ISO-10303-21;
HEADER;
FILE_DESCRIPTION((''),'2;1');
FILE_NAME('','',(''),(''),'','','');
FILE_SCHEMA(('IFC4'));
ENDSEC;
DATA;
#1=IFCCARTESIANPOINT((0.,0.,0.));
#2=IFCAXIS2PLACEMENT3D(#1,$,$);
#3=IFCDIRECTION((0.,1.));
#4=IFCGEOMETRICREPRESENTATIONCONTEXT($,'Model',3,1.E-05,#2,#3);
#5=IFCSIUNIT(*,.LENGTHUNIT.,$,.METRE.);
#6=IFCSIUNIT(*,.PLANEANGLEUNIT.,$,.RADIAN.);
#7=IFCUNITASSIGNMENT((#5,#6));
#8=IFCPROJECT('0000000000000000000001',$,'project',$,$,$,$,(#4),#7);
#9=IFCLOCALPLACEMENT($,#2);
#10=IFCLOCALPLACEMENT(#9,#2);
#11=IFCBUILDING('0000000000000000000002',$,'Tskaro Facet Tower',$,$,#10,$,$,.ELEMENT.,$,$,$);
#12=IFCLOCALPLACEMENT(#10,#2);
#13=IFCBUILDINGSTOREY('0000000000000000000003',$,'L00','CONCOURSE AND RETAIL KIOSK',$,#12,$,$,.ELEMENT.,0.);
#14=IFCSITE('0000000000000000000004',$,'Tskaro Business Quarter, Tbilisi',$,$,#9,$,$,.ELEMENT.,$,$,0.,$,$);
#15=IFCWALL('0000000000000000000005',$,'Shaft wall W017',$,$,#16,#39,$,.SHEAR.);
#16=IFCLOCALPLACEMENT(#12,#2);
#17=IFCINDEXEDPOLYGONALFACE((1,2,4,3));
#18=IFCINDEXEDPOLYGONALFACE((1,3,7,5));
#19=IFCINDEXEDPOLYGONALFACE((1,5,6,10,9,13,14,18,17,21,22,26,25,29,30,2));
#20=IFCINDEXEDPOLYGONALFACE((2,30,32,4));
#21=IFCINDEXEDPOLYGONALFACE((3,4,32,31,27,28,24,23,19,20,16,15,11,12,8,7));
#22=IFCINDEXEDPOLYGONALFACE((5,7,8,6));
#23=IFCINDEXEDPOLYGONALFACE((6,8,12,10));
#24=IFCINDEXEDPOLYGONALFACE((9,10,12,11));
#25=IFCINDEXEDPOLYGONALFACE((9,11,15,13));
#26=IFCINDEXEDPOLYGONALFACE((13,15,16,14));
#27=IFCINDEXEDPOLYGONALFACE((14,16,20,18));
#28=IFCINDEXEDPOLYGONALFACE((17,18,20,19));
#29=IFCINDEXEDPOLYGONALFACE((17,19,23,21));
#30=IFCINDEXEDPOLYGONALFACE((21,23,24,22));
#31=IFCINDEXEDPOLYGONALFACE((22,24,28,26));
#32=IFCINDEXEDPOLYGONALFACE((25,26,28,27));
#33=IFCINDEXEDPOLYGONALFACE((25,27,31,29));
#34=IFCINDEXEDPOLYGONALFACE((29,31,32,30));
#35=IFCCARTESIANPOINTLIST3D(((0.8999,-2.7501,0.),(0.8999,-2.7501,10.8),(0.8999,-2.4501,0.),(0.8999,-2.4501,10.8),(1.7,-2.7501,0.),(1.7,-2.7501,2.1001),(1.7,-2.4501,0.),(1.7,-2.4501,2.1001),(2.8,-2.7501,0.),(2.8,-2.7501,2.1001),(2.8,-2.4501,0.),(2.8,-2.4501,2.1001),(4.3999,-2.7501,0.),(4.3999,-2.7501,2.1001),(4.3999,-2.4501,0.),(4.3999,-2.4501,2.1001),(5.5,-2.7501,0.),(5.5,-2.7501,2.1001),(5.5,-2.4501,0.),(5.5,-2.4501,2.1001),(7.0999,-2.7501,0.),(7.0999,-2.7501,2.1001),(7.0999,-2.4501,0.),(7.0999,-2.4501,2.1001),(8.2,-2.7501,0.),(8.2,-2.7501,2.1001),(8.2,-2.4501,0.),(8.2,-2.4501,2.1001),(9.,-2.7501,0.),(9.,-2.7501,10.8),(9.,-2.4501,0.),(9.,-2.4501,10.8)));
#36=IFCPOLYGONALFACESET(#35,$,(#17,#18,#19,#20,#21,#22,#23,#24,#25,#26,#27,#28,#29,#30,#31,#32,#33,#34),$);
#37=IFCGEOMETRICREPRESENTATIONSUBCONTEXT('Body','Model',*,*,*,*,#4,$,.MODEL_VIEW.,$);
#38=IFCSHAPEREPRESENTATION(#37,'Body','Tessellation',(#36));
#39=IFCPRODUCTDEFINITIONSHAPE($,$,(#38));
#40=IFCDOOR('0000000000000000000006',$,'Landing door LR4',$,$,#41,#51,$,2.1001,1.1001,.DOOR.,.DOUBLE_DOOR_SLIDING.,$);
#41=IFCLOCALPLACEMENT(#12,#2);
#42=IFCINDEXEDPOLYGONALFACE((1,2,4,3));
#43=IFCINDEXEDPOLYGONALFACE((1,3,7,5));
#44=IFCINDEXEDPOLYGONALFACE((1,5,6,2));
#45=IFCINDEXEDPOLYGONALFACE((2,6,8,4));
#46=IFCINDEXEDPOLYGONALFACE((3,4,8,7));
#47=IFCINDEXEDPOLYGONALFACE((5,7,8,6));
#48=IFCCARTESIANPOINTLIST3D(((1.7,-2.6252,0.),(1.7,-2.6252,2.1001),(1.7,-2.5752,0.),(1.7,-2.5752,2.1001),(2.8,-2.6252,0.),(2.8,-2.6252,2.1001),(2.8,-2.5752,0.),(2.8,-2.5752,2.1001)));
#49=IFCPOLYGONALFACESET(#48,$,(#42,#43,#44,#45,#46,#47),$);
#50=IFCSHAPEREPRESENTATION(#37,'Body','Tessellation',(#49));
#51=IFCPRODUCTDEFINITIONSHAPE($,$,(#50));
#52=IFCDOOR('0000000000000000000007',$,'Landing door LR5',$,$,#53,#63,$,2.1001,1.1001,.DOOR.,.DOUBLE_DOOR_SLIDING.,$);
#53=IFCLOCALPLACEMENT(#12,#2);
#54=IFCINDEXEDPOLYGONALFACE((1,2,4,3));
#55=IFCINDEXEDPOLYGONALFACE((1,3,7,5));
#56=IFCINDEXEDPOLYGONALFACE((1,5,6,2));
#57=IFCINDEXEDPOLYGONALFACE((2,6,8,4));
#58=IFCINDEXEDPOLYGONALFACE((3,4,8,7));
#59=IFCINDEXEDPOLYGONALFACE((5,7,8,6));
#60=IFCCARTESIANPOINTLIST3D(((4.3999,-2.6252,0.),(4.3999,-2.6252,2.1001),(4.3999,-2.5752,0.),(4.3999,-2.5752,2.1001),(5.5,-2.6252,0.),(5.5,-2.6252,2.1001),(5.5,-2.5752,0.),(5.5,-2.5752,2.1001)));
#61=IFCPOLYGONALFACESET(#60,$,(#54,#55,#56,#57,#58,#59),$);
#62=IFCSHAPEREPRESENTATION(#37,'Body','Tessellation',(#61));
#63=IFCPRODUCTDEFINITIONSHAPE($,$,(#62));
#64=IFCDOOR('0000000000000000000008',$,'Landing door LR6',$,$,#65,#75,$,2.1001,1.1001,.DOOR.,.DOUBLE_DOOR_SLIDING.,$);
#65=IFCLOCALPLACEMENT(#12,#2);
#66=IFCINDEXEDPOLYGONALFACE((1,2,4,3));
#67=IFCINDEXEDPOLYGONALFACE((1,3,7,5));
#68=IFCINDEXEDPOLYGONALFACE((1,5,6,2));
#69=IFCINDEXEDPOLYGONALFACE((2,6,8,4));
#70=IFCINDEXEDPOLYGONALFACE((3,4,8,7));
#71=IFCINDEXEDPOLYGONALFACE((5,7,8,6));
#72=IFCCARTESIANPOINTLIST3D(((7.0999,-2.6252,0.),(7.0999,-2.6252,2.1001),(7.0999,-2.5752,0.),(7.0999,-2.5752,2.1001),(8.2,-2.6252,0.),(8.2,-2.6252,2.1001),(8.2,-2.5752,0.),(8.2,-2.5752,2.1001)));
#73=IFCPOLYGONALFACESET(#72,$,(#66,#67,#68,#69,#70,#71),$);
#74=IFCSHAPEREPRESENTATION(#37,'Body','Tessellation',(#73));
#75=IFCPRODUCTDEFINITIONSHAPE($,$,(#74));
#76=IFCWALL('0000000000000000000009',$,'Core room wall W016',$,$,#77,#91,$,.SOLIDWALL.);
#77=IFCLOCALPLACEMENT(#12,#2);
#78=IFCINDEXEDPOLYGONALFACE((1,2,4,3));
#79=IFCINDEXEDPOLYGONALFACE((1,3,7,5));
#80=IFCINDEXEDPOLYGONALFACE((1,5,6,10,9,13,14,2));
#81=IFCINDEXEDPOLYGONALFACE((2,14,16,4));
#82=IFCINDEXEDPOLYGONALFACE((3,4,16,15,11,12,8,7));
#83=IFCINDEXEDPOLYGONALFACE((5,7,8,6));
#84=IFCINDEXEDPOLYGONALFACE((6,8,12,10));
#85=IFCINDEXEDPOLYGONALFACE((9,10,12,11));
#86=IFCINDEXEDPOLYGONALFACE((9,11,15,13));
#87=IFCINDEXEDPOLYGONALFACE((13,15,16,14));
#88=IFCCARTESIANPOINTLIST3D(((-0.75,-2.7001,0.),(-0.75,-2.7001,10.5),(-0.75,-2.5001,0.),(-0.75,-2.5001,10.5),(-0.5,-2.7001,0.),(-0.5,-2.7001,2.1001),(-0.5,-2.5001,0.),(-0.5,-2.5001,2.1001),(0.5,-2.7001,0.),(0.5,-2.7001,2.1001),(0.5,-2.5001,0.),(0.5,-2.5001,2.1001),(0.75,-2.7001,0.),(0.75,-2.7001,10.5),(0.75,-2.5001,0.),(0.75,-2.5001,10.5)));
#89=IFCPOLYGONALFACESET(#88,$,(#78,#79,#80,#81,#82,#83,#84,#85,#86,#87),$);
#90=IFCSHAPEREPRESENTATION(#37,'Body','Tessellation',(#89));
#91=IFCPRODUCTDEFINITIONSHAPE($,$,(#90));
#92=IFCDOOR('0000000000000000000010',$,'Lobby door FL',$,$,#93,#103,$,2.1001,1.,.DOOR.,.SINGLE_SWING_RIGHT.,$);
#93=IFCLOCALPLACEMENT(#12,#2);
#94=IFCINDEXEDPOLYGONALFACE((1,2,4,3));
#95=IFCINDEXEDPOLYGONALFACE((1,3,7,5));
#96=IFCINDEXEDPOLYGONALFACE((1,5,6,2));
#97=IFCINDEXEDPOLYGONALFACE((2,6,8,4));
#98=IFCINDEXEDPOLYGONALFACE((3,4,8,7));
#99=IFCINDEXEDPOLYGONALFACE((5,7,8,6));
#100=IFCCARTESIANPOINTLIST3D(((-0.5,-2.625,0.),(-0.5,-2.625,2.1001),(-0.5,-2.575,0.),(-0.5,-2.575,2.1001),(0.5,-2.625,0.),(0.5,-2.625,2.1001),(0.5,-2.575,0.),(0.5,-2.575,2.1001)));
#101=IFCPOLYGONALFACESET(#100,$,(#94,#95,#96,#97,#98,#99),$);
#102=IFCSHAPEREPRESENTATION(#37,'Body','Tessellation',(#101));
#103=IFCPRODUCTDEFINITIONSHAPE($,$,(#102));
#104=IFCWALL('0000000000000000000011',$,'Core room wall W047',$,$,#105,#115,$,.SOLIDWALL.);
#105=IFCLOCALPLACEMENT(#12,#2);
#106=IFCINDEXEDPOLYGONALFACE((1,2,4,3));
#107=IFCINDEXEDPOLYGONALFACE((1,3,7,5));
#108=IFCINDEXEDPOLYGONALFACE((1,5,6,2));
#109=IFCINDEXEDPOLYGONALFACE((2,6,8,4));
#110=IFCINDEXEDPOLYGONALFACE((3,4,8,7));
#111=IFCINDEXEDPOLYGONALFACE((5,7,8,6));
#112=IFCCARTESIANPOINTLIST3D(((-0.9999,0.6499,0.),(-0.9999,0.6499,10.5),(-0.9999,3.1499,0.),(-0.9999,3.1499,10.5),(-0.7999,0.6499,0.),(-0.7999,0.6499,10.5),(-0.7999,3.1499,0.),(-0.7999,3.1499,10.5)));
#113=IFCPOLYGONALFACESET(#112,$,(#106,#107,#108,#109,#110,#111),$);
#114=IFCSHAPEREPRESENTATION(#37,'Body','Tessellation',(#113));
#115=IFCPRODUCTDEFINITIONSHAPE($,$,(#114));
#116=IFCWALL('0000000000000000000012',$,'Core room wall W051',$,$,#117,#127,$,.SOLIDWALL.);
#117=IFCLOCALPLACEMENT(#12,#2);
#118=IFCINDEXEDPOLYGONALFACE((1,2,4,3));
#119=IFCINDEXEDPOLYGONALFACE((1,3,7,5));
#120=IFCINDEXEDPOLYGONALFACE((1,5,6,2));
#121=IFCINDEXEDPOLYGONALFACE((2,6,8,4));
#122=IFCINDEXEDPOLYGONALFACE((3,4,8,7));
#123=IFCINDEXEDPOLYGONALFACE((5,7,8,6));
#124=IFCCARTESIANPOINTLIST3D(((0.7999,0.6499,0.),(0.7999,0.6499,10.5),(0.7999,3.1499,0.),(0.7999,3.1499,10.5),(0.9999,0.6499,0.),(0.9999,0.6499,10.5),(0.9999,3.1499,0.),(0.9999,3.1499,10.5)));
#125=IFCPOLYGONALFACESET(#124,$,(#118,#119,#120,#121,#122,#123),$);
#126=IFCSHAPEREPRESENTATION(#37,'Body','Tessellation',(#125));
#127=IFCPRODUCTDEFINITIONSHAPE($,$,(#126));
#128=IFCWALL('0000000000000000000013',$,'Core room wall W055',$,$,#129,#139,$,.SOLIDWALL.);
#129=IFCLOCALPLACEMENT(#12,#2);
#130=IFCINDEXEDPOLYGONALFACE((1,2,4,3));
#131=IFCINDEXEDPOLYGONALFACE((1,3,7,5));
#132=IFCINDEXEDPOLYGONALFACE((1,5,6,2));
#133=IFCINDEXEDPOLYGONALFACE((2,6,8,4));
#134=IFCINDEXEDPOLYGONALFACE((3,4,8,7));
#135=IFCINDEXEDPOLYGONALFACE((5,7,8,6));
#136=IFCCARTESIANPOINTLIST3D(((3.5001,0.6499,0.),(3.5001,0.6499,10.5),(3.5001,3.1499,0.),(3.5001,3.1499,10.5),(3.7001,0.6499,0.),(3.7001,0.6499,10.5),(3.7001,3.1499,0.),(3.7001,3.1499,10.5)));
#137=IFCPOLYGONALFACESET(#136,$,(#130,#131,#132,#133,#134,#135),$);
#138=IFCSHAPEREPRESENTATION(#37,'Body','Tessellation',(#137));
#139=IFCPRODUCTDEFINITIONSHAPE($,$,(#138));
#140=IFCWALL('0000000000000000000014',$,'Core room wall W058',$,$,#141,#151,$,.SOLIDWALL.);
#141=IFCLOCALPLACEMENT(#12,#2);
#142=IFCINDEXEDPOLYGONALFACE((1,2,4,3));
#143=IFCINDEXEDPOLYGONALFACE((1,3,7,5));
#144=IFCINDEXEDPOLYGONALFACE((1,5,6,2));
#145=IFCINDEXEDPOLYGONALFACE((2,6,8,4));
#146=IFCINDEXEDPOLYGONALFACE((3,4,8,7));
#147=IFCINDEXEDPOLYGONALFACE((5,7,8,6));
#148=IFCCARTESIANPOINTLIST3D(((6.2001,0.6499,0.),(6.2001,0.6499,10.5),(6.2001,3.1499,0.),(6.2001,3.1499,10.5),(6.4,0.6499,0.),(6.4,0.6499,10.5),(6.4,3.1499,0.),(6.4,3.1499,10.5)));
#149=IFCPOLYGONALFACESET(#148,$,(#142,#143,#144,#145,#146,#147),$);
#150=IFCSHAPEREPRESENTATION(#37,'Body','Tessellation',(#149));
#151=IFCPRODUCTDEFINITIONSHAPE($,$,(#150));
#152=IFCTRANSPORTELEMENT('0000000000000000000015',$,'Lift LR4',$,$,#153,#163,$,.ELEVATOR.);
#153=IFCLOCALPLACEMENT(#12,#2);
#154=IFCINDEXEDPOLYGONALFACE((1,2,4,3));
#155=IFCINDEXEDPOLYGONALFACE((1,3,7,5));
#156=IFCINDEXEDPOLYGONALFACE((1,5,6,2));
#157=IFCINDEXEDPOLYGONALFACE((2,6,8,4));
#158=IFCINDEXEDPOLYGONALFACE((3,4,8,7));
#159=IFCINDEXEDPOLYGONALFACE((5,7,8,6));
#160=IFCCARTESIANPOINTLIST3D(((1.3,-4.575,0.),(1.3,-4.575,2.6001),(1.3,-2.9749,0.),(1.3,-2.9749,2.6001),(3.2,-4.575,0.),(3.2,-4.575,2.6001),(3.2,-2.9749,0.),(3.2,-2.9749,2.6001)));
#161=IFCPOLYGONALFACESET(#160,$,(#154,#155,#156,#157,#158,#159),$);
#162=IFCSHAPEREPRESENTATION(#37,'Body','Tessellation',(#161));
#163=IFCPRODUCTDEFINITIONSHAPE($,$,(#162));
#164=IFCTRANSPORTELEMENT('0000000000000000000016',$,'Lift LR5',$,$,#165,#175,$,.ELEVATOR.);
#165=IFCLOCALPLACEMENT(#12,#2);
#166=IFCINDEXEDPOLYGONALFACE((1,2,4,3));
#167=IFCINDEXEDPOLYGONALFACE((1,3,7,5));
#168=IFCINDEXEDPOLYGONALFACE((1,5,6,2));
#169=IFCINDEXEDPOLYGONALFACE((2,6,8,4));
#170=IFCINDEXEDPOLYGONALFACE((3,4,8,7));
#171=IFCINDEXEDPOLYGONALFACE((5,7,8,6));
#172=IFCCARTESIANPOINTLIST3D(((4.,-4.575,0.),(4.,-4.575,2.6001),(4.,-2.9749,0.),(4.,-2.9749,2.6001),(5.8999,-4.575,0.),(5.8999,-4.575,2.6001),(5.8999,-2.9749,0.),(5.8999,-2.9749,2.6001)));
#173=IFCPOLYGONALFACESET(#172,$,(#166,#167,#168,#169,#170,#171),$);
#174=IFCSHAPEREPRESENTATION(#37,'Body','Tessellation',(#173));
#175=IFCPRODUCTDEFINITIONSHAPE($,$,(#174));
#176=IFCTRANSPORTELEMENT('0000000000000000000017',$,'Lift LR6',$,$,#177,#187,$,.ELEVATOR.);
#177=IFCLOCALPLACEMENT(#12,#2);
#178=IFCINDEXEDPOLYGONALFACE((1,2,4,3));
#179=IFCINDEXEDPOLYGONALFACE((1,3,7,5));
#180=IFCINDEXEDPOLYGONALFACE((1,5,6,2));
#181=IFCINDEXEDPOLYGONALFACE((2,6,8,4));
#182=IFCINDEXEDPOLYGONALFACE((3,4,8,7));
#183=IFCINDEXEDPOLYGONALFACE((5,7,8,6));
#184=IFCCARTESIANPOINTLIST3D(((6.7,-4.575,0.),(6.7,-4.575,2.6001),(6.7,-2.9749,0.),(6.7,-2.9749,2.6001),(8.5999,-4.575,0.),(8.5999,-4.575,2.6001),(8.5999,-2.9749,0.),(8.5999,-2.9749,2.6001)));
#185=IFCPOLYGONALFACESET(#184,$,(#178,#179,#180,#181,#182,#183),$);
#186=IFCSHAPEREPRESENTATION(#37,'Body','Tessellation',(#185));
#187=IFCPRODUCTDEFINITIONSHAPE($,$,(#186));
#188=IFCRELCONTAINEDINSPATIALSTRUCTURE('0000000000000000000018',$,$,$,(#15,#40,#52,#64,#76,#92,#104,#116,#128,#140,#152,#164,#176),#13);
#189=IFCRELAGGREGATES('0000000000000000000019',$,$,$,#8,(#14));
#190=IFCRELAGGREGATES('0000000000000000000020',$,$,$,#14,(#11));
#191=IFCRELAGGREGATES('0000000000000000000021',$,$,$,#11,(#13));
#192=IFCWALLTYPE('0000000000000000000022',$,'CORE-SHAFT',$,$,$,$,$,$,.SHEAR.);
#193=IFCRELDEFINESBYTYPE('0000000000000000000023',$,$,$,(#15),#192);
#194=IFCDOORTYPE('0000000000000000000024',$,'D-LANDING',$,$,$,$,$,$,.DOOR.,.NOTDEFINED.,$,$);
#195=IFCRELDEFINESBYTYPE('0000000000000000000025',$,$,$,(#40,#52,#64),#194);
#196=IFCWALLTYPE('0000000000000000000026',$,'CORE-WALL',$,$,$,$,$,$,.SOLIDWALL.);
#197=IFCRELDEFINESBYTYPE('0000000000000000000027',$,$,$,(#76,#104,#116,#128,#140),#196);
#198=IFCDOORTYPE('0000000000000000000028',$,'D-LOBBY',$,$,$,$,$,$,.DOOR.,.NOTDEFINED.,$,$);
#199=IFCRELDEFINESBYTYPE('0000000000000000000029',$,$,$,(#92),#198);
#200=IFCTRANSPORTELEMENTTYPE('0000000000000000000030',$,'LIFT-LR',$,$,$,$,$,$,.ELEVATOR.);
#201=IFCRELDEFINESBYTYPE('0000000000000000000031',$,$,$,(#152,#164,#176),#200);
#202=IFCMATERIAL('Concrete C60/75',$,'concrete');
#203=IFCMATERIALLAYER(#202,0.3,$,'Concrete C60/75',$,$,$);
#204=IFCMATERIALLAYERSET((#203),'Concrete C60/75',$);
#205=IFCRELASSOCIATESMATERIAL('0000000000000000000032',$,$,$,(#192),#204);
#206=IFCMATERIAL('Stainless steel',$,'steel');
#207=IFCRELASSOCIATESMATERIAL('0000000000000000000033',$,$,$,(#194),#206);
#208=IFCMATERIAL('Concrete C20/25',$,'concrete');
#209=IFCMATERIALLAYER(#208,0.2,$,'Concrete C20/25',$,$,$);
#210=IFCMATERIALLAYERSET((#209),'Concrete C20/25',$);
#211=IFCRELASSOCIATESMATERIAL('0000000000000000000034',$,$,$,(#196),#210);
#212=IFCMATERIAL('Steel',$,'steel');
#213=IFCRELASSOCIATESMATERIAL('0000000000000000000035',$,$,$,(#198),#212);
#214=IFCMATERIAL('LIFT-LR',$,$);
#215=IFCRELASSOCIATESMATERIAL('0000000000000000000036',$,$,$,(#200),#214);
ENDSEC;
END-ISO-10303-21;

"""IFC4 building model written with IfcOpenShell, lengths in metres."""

from ifc_helpers import new_model, si_unit, direction, frame, frame_2d, origin, origin_2d, place, context, subcontext, project, spatial, rectangle, extrude, material, layer, layer_set, type_object, element, fill, save


model = new_model("IFC4")

# Units and contexts
model_context = context("Model", 3, precision=1e-05, world=origin(), true_north=direction((0.0, 1.0)))
body_context = subcontext(model_context, "Body", "Model", "MODEL_VIEW")
ifc_project = project(units=[si_unit("LENGTHUNIT", "METRE"), si_unit("PLANEANGLEUNIT", "RADIAN")], contexts=[model_context])

# Site, building, storey
site_placement = place(None, origin())
site = spatial("IfcSite", under=ifc_project, at=site_placement, Name="Tskaro Business Quarter, Tbilisi", CompositionType="ELEMENT", RefElevation=0.0)
building_placement = place(site_placement, origin())
building = spatial("IfcBuilding", under=site, at=building_placement, Name="Tskaro Facet Tower", CompositionType="ELEMENT")
storey_placement = place(building_placement, origin())
storey = spatial("IfcBuildingStorey", under=building, at=storey_placement, Name="L00", Description="CONCOURSE AND RETAIL KIOSK", CompositionType="ELEMENT", Elevation=0.0)

# Shared definitions
ifc_material_1 = material(Name="Concrete C60/75", Category="concrete")

# Wall, openings, doors
ifc_layer_1 = layer(ifc_material_1, 0.3, Name="Concrete C60/75")
ifc_layer_set_1 = layer_set([ifc_layer_1], Name="Concrete C60/75")
wall_type_1 = type_object("IfcWallType", Name="CORE-SHAFT", PredefinedType="SHEAR", material=ifc_layer_set_1)
wall_1_placement = place(storey_placement, frame((0.8999, -2.6001, 0.0), z_axis=(0.0, 0.0, 1.0), x_axis=(1.0, 0.0, 0.0)))
wall_1 = element("IfcWall", 1, at=wall_1_placement, inside=storey, type_object=wall_type_1, Name="Shaft wall W017", PredefinedType="SHEAR", context=body_context, shape_type="SweptSolid", body=[
    extrude(rectangle(XDim=8.1001, YDim=0.3, at=frame_2d((4.05, 0.0))), origin(), (0.0, 0.0, 1.0), 10.8),
])
opening_1_placement = place(wall_1_placement, frame((0.8, 0.0, 0.0)))
opening_1 = element("IfcOpeningElement", 2, at=opening_1_placement, cuts=wall_1, PredefinedType="OPENING", context=body_context, shape_type="SweptSolid", body=[
    extrude(rectangle(XDim=1.1001, YDim=2.1001, at=frame_2d((0.55, 1.05))), frame((0.0, 0.1599, 0.0), z_axis=(0.0, -1.0, 0.0), x_axis=(1.0, 0.0, 0.0)), (0.0, 0.0, 1.0), 0.3201),
])
opening_2_placement = place(wall_1_placement, frame((3.5, 0.0, 0.0)))
opening_2 = element("IfcOpeningElement", 3, at=opening_2_placement, cuts=wall_1, PredefinedType="OPENING", context=body_context, shape_type="SweptSolid", body=[
    extrude(rectangle(XDim=1.1001, YDim=2.1001, at=frame_2d((0.55, 1.05))), frame((0.0, 0.1599, 0.0), z_axis=(0.0, -1.0, 0.0), x_axis=(1.0, 0.0, 0.0)), (0.0, 0.0, 1.0), 0.3201),
])
opening_3_placement = place(wall_1_placement, frame((6.2, 0.0, 0.0)))
opening_3 = element("IfcOpeningElement", 4, at=opening_3_placement, cuts=wall_1, PredefinedType="OPENING", context=body_context, shape_type="SweptSolid", body=[
    extrude(rectangle(XDim=1.1001, YDim=2.1001, at=frame_2d((0.55, 1.05))), frame((0.0, 0.1599, 0.0), z_axis=(0.0, -1.0, 0.0), x_axis=(1.0, 0.0, 0.0)), (0.0, 0.0, 1.0), 0.3201),
])
ifc_material_2 = material(Name="Stainless steel", Category="steel")
door_type_1 = type_object("IfcDoorType", Name="D-LANDING", OperationType="NOTDEFINED", PredefinedType="DOOR", material=ifc_material_2)
door_1_placement = place(opening_1_placement, origin())
door_1 = element("IfcDoor", 5, at=door_1_placement, inside=storey, type_object=door_type_1, Name="Landing door LR4", OperationType="DOUBLE_DOOR_SLIDING", OverallHeight=2.1001, OverallWidth=1.1001, PredefinedType="DOOR", context=body_context, shape_type="SweptSolid", body=[
    extrude(rectangle(XDim=1.1001, YDim=2.1001, at=frame_2d((0.55, 1.05))), frame((0.0, 0.0249, 0.0), z_axis=(0.0, -1.0, 0.0), x_axis=(1.0, 0.0, 0.0)), (0.0, 0.0, 1.0), 0.05),
])
fill(opening_1, door_1)
door_2_placement = place(opening_2_placement, origin())
door_2 = element("IfcDoor", 6, at=door_2_placement, inside=storey, type_object=door_type_1, Name="Landing door LR5", OperationType="DOUBLE_DOOR_SLIDING", OverallHeight=2.1001, OverallWidth=1.1001, PredefinedType="DOOR", context=body_context, shape_type="SweptSolid", body=[
    extrude(rectangle(XDim=1.1001, YDim=2.1001, at=frame_2d((0.55, 1.05))), frame((0.0, 0.0249, 0.0), z_axis=(0.0, -1.0, 0.0), x_axis=(1.0, 0.0, 0.0)), (0.0, 0.0, 1.0), 0.05),
])
fill(opening_2, door_2)
door_3_placement = place(opening_3_placement, origin())
door_3 = element("IfcDoor", 7, at=door_3_placement, inside=storey, type_object=door_type_1, Name="Landing door LR6", OperationType="DOUBLE_DOOR_SLIDING", OverallHeight=2.1001, OverallWidth=1.1001, PredefinedType="DOOR", context=body_context, shape_type="SweptSolid", body=[
    extrude(rectangle(XDim=1.1001, YDim=2.1001, at=frame_2d((0.55, 1.05))), frame((0.0, 0.0249, 0.0), z_axis=(0.0, -1.0, 0.0), x_axis=(1.0, 0.0, 0.0)), (0.0, 0.0, 1.0), 0.05),
])
fill(opening_3, door_3)

# Wall, opening, door
ifc_material_3 = material(Name="Concrete C20/25", Category="concrete")
ifc_layer_2 = layer(ifc_material_3, 0.2, Name="Concrete C20/25")
ifc_layer_set_2 = layer_set([ifc_layer_2], Name="Concrete C20/25")
wall_type_2 = type_object("IfcWallType", Name="CORE-WALL", PredefinedType="SOLIDWALL", material=ifc_layer_set_2)
wall_2_placement = place(storey_placement, frame((0.75, -2.6001, 0.0), z_axis=(0.0, 0.0, 1.0), x_axis=(-1.0, 0.0, 0.0)))
wall_2 = element("IfcWall", 8, at=wall_2_placement, inside=storey, type_object=wall_type_2, Name="Core room wall W016", PredefinedType="SOLIDWALL", context=body_context, shape_type="SweptSolid", body=[
    extrude(rectangle(XDim=1.5, YDim=0.2, at=frame_2d((0.75, 0.0))), origin(), (0.0, 0.0, 1.0), 10.5),
])
opening_4_placement = place(wall_2_placement, frame((0.25, 0.0, 0.0)))
opening_4 = element("IfcOpeningElement", 9, at=opening_4_placement, cuts=wall_2, PredefinedType="OPENING", context=body_context, shape_type="SweptSolid", body=[
    extrude(rectangle(XDim=1.0, YDim=2.1001, at=frame_2d((0.5, 1.05))), frame((0.0, 0.1099, 0.0), z_axis=(0.0, -1.0, 0.0), x_axis=(1.0, 0.0, 0.0)), (0.0, 0.0, 1.0), 0.22),
])
ifc_material_4 = material(Name="Steel", Category="steel")
door_type_2 = type_object("IfcDoorType", Name="D-LOBBY", OperationType="NOTDEFINED", PredefinedType="DOOR", material=ifc_material_4)
door_4_placement = place(opening_4_placement, origin())
door_4 = element("IfcDoor", 10, at=door_4_placement, inside=storey, type_object=door_type_2, Name="Lobby door FL", OperationType="SINGLE_SWING_RIGHT", OverallHeight=2.1001, OverallWidth=1.0, PredefinedType="DOOR", context=body_context, shape_type="SweptSolid", body=[
    extrude(rectangle(XDim=1.0, YDim=2.1001, at=frame_2d((0.5, 1.05))), frame((0.0, 0.0249, 0.0), z_axis=(0.0, -1.0, 0.0), x_axis=(1.0, 0.0, 0.0)), (0.0, 0.0, 1.0), 0.05),
])
fill(opening_4, door_4)

# Walls
for number, where, z_axis, x_axis, name in (
    (11, (-0.8999, 0.6499, 0.0), (0.0, 0.0, 1.0), (0.0, 1.0, 0.0), "Core room wall W047"),
    (12, (0.8999, 0.6499, 0.0), (0.0, 0.0, 1.0), (0.0, 1.0, 0.0), "Core room wall W051"),
    (13, (3.6001, 0.6499, 0.0), (0.0, 0.0, 1.0), (0.0, 1.0, 0.0), "Core room wall W055"),
    (14, (6.3, 0.6499, 0.0), (0.0, 0.0, 1.0), (0.0, 1.0, 0.0), "Core room wall W058"),
):
    element("IfcWall", number, at=place(storey_placement, frame(where, z_axis=z_axis, x_axis=x_axis)), inside=storey, type_object=wall_type_2, Name=name, PredefinedType="SOLIDWALL", context=body_context, shape_type="SweptSolid", body=[
        extrude(rectangle(XDim=2.5, YDim=0.2, at=frame_2d((1.25, 0.0))), origin(), (0.0, 0.0, 1.0), 10.5),
    ])

# Transport elements
ifc_material_5 = material(Name="LIFT-LR")
transport_element_type = type_object("IfcTransportElementType", Name="LIFT-LR", PredefinedType="ELEVATOR", material=ifc_material_5)
for number, where, z_axis, x_axis, name in (
    (15, (2.25, -3.7749, 0.0), (0.0, 0.0, 1.0), (1.0, 0.0, 0.0), "Lift LR4"),
    (16, (4.95, -3.7749, 0.0), (0.0, 0.0, 1.0), (1.0, 0.0, 0.0), "Lift LR5"),
    (17, (7.6499, -3.7749, 0.0), (0.0, 0.0, 1.0), (1.0, 0.0, 0.0), "Lift LR6"),
):
    element("IfcTransportElement", number, at=place(storey_placement, frame(where, z_axis=z_axis, x_axis=x_axis)), inside=storey, type_object=transport_element_type, Name=name, PredefinedType="ELEVATOR", context=body_context, shape_type="SweptSolid", body=[
        extrude(rectangle(XDim=1.8999, YDim=1.6001, at=origin_2d()), origin(), (0.0, 0.0, 1.0), 2.6001),
    ])

save(model, "model.ifc")
